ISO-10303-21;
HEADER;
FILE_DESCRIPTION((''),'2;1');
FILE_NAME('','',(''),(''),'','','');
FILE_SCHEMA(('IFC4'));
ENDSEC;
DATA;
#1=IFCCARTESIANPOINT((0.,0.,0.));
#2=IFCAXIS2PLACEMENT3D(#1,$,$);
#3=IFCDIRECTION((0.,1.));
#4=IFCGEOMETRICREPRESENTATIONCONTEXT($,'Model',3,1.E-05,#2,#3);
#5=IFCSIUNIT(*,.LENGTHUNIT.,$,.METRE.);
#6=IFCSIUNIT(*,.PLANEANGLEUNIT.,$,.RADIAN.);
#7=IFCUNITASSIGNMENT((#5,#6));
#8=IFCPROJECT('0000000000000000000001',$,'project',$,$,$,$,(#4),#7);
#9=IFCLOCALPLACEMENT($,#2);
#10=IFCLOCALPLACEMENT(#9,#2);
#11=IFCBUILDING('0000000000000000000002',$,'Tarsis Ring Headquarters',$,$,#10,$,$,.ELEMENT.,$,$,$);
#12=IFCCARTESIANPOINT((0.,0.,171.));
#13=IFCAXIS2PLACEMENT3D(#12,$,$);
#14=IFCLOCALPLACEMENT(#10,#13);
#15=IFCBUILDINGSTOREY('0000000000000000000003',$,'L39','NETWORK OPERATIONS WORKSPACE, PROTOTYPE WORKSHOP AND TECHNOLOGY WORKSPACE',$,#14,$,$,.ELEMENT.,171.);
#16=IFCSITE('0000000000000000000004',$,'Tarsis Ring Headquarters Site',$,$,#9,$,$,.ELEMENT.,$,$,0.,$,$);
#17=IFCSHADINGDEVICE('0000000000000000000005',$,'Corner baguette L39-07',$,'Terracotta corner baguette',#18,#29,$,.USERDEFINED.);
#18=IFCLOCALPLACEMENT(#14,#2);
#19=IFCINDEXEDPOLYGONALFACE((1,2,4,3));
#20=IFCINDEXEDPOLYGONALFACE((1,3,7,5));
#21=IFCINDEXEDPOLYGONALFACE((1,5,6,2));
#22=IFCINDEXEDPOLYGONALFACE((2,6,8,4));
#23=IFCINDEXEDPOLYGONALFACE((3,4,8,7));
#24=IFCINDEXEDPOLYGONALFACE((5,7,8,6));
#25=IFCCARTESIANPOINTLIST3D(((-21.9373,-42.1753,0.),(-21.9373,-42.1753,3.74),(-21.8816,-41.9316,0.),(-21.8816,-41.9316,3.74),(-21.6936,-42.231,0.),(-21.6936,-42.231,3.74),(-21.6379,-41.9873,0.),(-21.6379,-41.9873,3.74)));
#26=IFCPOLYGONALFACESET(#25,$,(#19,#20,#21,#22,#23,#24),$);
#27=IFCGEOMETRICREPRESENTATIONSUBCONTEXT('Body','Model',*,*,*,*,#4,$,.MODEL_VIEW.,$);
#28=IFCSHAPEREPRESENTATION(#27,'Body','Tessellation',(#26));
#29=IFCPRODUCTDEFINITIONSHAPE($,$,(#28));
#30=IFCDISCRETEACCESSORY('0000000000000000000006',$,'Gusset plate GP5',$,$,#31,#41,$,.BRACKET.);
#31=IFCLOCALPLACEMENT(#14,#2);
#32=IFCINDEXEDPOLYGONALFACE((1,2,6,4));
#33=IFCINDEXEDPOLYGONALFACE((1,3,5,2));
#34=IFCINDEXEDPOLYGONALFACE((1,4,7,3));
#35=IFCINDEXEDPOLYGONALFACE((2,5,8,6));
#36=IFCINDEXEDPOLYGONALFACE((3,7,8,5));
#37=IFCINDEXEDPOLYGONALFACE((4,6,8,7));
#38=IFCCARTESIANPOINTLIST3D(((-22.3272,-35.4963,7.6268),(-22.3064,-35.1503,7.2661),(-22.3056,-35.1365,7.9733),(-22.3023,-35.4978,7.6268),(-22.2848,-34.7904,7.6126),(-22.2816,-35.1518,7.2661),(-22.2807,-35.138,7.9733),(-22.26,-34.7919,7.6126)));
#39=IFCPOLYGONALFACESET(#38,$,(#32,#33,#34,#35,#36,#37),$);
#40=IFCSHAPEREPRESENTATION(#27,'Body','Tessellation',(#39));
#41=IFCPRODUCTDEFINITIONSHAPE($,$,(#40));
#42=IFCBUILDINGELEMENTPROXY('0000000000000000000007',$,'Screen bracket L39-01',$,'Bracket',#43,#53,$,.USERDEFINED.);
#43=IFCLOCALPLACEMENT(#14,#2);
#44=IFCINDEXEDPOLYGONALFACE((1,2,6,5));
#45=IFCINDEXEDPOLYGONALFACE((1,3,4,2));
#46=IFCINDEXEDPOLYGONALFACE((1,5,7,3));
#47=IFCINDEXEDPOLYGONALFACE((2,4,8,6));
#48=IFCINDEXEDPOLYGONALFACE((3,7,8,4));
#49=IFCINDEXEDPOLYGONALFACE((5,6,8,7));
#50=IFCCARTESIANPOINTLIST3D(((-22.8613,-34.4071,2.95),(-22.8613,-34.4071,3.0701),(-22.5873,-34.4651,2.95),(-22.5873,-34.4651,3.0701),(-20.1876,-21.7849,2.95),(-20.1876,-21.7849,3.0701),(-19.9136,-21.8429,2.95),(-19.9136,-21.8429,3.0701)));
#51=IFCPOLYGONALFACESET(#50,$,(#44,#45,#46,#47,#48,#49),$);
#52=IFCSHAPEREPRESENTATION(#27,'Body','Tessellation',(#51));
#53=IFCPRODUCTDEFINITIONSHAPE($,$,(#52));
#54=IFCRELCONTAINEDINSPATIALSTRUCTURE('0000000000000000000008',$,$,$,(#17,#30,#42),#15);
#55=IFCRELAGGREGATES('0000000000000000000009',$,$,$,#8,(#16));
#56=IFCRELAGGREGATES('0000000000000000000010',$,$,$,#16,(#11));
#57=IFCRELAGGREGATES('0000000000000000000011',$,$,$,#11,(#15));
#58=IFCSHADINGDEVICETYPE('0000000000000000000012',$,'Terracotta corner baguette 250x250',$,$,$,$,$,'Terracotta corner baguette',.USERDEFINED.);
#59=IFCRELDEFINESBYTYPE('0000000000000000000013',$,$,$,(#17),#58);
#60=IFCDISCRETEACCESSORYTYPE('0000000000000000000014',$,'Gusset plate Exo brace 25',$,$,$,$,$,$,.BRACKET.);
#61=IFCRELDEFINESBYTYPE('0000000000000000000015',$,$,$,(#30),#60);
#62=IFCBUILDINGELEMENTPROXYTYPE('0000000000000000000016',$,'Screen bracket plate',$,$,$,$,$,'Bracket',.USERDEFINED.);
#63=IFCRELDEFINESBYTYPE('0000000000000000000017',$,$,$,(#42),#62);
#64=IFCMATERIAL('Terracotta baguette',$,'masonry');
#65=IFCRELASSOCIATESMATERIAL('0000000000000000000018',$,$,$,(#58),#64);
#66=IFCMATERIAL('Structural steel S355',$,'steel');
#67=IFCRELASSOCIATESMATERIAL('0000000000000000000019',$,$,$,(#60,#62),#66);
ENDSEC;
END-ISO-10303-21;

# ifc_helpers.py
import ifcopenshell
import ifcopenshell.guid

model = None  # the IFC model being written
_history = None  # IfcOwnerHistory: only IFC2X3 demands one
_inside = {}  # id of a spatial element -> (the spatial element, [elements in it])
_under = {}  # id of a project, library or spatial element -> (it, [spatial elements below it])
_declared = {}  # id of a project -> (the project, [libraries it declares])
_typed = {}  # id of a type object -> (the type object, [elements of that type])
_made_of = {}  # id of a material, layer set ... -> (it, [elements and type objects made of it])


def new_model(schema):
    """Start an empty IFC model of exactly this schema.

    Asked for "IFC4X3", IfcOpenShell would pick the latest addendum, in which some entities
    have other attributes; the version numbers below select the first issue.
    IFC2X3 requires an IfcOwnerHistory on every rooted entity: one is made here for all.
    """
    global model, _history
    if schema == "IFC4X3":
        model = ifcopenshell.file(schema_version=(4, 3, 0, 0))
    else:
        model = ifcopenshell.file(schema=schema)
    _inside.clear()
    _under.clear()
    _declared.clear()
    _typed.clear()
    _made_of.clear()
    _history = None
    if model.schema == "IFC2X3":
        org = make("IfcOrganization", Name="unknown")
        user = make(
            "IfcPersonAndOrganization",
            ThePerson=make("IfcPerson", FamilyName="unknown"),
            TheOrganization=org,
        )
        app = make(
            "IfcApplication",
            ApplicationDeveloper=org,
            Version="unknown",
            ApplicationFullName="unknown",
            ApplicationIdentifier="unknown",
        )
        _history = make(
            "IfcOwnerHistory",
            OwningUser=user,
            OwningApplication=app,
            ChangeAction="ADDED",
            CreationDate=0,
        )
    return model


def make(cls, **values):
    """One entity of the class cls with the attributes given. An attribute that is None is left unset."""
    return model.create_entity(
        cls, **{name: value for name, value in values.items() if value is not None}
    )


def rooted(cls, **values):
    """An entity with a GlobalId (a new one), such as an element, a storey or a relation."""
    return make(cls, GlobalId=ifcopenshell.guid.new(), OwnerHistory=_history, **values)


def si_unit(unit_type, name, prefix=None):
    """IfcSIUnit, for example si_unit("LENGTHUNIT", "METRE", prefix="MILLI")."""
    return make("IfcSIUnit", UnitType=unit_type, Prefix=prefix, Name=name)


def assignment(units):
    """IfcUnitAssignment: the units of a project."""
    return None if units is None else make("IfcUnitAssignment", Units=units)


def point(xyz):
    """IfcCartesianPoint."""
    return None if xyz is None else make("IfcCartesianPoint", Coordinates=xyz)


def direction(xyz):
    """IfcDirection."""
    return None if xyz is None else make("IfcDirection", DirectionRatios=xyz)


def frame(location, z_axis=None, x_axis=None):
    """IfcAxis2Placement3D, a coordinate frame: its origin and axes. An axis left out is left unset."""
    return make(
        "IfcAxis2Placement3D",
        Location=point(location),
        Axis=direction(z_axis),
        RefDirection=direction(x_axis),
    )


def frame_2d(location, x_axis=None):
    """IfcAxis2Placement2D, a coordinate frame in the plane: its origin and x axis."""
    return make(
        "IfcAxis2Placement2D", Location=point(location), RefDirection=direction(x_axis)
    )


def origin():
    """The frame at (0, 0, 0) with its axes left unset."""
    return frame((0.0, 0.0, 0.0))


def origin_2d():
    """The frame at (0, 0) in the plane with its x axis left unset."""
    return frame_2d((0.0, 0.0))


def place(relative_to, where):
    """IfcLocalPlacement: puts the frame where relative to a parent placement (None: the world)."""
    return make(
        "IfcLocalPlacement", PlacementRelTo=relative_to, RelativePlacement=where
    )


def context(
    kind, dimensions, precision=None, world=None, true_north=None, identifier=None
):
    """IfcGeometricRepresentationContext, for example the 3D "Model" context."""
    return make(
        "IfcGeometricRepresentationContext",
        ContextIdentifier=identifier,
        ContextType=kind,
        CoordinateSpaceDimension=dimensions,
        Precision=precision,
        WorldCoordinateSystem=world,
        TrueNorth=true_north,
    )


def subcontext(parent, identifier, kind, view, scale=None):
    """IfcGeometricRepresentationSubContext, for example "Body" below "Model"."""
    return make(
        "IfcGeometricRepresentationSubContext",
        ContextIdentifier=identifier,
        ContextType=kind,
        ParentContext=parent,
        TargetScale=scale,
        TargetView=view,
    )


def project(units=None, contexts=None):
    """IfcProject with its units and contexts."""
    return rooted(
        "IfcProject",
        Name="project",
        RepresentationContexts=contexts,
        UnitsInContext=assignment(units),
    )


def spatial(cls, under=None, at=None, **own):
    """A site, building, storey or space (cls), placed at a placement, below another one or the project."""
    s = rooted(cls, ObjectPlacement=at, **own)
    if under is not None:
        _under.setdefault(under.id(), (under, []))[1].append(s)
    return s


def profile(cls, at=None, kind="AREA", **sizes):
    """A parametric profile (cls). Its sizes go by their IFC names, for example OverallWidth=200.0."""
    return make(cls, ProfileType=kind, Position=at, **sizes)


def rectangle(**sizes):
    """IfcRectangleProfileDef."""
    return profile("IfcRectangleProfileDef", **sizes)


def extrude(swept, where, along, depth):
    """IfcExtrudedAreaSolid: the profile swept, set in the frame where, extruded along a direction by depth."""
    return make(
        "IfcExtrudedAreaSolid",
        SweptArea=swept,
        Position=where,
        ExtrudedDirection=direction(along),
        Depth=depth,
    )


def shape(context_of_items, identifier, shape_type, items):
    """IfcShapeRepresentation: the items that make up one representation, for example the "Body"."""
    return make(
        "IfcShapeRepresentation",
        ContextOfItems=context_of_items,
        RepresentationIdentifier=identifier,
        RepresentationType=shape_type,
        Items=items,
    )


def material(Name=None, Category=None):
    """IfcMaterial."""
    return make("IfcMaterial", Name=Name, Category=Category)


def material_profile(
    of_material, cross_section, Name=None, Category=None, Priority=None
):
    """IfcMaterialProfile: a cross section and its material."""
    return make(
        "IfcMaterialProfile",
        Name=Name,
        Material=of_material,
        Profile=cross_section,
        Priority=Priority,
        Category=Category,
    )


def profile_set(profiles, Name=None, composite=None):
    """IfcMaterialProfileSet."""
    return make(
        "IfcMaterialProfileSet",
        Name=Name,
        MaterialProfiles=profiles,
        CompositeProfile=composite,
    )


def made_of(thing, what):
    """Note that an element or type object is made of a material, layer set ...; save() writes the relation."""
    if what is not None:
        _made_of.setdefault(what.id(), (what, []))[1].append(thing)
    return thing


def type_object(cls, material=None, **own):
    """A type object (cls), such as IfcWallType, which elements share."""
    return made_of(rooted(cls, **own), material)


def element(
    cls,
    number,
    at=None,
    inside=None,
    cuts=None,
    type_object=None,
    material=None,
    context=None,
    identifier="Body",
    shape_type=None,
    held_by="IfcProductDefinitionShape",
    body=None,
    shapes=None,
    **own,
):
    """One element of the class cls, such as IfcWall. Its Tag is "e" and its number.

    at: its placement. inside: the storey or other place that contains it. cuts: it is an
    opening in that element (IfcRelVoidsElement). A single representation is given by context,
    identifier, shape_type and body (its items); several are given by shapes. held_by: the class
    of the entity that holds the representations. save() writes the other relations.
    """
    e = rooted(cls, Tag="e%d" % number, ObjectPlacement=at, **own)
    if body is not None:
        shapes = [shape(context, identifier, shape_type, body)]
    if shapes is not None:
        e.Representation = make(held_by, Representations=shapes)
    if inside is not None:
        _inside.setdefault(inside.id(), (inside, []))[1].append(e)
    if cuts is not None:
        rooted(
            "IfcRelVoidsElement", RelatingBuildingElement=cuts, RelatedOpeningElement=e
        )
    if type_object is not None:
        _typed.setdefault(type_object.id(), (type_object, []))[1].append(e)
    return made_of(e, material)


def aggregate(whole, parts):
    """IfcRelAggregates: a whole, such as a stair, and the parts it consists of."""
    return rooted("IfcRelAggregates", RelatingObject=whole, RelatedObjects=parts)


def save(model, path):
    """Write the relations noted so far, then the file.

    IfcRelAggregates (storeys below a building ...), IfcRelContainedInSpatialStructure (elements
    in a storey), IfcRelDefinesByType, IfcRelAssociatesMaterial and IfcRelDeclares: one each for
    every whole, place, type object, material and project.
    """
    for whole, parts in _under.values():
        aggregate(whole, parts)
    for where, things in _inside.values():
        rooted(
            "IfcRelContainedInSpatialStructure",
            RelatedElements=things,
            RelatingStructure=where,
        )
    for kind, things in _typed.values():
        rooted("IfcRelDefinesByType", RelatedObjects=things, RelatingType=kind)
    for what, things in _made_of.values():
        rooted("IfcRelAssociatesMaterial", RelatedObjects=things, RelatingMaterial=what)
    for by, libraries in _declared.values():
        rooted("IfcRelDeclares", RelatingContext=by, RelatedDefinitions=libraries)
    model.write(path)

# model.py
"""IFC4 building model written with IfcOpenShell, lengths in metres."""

from ifc_helpers import new_model, si_unit, direction, frame, origin, origin_2d, place, context, subcontext, project, spatial, rectangle, extrude, material, material_profile, profile_set, type_object, element, save


model = new_model("IFC4")

# Units and contexts
model_context = context("Model", 3, precision=1e-05, world=origin(), true_north=direction((0.0, 1.0)))
body_context = subcontext(model_context, "Body", "Model", "MODEL_VIEW")
ifc_project = project(units=[si_unit("LENGTHUNIT", "METRE"), si_unit("PLANEANGLEUNIT", "RADIAN")], contexts=[model_context])

# Site, building, storey
site_placement = place(None, origin())
site = spatial("IfcSite", under=ifc_project, at=site_placement, Name="Tarsis Ring Headquarters Site", CompositionType="ELEMENT", RefElevation=0.0)
building_placement = place(site_placement, origin())
building = spatial("IfcBuilding", under=site, at=building_placement, Name="Tarsis Ring Headquarters", CompositionType="ELEMENT")
storey_placement = place(building_placement, frame((0.0, 0.0, 171.0)))
storey = spatial("IfcBuildingStorey", under=building, at=storey_placement, Name="L39", Description="NETWORK OPERATIONS WORKSPACE, PROTOTYPE WORKSHOP AND TECHNOLOGY WORKSPACE", CompositionType="ELEMENT", Elevation=171.0)

# Shared definitions
ifc_material_1 = material(Name="Structural steel S355", Category="steel")

# Shading device
ifc_material_2 = material(Name="Terracotta baguette", Category="masonry")
shading_device_type_1 = type_object("IfcShadingDeviceType", Name="Terracotta corner baguette 250x250", ElementType="Terracotta corner baguette", PredefinedType="USERDEFINED", material=ifc_material_2)
shading_device_1_placement = place(storey_placement, frame((-21.7876, -42.0813, 0.0), z_axis=(0.0, 0.0, 1.0), x_axis=(-0.22257, -0.974917, 0.0)))
element("IfcShadingDevice", 1, at=shading_device_1_placement, inside=storey, type_object=shading_device_type_1, Name="Corner baguette L39-07", ObjectType="Terracotta corner baguette", PredefinedType="USERDEFINED", context=body_context, shape_type="SweptSolid", body=[
    extrude(rectangle(XDim=0.25, YDim=0.25, at=origin_2d()), origin(), (0.0, 0.0, 1.0), 3.74),
])

# Discrete accessory
ifc_material_profile_1 = material_profile(ifc_material_1, rectangle(XDim=0.0249, YDim=0.5, at=origin_2d()), Name="PL 25x500")
ifc_profile_set_1 = profile_set([ifc_material_profile_1], Name="Structural steel S355")
discrete_accessory_type = type_object("IfcDiscreteAccessoryType", Name="Gusset plate Exo brace 25", PredefinedType="BRACKET", material=ifc_profile_set_1)
discrete_accessory_placement = place(storey_placement, frame((-22.304, -35.3171, 7.8), z_axis=(0.041492, 0.691702, -0.72099), x_axis=(-0.998206, 0.059878, 0.0)))
element("IfcDiscreteAccessory", 2, at=discrete_accessory_placement, inside=storey, type_object=discrete_accessory_type, Name="Gusset plate GP5", PredefinedType="BRACKET", context=body_context, shape_type="SweptSolid", body=[
    extrude(rectangle(XDim=0.0249, YDim=0.5, at=origin_2d()), origin(), (0.0, 0.0, 1.0), 0.5002),
])

# Building element proxy
building_element_proxy_type = type_object("IfcBuildingElementProxyType", Name="Screen bracket plate", ElementType="Bracket", PredefinedType="USERDEFINED", material=ifc_material_1)
proxy_placement = place(storey_placement, frame((-21.3875, -28.125, 2.95), z_axis=(0.0, 0.0, 1.0), x_axis=(-0.207229, -0.978293, 0.0)))
element("IfcBuildingElementProxy", 3, at=proxy_placement, inside=storey, type_object=building_element_proxy_type, Name="Screen bracket L39-01", ObjectType="Bracket", PredefinedType="USERDEFINED", context=body_context, shape_type="SweptSolid", body=[
    extrude(rectangle(XDim=12.9023, YDim=0.28, at=origin_2d()), origin(), (0.0, 0.0, 1.0), 0.1201),
])

save(model, "model.ifc")
